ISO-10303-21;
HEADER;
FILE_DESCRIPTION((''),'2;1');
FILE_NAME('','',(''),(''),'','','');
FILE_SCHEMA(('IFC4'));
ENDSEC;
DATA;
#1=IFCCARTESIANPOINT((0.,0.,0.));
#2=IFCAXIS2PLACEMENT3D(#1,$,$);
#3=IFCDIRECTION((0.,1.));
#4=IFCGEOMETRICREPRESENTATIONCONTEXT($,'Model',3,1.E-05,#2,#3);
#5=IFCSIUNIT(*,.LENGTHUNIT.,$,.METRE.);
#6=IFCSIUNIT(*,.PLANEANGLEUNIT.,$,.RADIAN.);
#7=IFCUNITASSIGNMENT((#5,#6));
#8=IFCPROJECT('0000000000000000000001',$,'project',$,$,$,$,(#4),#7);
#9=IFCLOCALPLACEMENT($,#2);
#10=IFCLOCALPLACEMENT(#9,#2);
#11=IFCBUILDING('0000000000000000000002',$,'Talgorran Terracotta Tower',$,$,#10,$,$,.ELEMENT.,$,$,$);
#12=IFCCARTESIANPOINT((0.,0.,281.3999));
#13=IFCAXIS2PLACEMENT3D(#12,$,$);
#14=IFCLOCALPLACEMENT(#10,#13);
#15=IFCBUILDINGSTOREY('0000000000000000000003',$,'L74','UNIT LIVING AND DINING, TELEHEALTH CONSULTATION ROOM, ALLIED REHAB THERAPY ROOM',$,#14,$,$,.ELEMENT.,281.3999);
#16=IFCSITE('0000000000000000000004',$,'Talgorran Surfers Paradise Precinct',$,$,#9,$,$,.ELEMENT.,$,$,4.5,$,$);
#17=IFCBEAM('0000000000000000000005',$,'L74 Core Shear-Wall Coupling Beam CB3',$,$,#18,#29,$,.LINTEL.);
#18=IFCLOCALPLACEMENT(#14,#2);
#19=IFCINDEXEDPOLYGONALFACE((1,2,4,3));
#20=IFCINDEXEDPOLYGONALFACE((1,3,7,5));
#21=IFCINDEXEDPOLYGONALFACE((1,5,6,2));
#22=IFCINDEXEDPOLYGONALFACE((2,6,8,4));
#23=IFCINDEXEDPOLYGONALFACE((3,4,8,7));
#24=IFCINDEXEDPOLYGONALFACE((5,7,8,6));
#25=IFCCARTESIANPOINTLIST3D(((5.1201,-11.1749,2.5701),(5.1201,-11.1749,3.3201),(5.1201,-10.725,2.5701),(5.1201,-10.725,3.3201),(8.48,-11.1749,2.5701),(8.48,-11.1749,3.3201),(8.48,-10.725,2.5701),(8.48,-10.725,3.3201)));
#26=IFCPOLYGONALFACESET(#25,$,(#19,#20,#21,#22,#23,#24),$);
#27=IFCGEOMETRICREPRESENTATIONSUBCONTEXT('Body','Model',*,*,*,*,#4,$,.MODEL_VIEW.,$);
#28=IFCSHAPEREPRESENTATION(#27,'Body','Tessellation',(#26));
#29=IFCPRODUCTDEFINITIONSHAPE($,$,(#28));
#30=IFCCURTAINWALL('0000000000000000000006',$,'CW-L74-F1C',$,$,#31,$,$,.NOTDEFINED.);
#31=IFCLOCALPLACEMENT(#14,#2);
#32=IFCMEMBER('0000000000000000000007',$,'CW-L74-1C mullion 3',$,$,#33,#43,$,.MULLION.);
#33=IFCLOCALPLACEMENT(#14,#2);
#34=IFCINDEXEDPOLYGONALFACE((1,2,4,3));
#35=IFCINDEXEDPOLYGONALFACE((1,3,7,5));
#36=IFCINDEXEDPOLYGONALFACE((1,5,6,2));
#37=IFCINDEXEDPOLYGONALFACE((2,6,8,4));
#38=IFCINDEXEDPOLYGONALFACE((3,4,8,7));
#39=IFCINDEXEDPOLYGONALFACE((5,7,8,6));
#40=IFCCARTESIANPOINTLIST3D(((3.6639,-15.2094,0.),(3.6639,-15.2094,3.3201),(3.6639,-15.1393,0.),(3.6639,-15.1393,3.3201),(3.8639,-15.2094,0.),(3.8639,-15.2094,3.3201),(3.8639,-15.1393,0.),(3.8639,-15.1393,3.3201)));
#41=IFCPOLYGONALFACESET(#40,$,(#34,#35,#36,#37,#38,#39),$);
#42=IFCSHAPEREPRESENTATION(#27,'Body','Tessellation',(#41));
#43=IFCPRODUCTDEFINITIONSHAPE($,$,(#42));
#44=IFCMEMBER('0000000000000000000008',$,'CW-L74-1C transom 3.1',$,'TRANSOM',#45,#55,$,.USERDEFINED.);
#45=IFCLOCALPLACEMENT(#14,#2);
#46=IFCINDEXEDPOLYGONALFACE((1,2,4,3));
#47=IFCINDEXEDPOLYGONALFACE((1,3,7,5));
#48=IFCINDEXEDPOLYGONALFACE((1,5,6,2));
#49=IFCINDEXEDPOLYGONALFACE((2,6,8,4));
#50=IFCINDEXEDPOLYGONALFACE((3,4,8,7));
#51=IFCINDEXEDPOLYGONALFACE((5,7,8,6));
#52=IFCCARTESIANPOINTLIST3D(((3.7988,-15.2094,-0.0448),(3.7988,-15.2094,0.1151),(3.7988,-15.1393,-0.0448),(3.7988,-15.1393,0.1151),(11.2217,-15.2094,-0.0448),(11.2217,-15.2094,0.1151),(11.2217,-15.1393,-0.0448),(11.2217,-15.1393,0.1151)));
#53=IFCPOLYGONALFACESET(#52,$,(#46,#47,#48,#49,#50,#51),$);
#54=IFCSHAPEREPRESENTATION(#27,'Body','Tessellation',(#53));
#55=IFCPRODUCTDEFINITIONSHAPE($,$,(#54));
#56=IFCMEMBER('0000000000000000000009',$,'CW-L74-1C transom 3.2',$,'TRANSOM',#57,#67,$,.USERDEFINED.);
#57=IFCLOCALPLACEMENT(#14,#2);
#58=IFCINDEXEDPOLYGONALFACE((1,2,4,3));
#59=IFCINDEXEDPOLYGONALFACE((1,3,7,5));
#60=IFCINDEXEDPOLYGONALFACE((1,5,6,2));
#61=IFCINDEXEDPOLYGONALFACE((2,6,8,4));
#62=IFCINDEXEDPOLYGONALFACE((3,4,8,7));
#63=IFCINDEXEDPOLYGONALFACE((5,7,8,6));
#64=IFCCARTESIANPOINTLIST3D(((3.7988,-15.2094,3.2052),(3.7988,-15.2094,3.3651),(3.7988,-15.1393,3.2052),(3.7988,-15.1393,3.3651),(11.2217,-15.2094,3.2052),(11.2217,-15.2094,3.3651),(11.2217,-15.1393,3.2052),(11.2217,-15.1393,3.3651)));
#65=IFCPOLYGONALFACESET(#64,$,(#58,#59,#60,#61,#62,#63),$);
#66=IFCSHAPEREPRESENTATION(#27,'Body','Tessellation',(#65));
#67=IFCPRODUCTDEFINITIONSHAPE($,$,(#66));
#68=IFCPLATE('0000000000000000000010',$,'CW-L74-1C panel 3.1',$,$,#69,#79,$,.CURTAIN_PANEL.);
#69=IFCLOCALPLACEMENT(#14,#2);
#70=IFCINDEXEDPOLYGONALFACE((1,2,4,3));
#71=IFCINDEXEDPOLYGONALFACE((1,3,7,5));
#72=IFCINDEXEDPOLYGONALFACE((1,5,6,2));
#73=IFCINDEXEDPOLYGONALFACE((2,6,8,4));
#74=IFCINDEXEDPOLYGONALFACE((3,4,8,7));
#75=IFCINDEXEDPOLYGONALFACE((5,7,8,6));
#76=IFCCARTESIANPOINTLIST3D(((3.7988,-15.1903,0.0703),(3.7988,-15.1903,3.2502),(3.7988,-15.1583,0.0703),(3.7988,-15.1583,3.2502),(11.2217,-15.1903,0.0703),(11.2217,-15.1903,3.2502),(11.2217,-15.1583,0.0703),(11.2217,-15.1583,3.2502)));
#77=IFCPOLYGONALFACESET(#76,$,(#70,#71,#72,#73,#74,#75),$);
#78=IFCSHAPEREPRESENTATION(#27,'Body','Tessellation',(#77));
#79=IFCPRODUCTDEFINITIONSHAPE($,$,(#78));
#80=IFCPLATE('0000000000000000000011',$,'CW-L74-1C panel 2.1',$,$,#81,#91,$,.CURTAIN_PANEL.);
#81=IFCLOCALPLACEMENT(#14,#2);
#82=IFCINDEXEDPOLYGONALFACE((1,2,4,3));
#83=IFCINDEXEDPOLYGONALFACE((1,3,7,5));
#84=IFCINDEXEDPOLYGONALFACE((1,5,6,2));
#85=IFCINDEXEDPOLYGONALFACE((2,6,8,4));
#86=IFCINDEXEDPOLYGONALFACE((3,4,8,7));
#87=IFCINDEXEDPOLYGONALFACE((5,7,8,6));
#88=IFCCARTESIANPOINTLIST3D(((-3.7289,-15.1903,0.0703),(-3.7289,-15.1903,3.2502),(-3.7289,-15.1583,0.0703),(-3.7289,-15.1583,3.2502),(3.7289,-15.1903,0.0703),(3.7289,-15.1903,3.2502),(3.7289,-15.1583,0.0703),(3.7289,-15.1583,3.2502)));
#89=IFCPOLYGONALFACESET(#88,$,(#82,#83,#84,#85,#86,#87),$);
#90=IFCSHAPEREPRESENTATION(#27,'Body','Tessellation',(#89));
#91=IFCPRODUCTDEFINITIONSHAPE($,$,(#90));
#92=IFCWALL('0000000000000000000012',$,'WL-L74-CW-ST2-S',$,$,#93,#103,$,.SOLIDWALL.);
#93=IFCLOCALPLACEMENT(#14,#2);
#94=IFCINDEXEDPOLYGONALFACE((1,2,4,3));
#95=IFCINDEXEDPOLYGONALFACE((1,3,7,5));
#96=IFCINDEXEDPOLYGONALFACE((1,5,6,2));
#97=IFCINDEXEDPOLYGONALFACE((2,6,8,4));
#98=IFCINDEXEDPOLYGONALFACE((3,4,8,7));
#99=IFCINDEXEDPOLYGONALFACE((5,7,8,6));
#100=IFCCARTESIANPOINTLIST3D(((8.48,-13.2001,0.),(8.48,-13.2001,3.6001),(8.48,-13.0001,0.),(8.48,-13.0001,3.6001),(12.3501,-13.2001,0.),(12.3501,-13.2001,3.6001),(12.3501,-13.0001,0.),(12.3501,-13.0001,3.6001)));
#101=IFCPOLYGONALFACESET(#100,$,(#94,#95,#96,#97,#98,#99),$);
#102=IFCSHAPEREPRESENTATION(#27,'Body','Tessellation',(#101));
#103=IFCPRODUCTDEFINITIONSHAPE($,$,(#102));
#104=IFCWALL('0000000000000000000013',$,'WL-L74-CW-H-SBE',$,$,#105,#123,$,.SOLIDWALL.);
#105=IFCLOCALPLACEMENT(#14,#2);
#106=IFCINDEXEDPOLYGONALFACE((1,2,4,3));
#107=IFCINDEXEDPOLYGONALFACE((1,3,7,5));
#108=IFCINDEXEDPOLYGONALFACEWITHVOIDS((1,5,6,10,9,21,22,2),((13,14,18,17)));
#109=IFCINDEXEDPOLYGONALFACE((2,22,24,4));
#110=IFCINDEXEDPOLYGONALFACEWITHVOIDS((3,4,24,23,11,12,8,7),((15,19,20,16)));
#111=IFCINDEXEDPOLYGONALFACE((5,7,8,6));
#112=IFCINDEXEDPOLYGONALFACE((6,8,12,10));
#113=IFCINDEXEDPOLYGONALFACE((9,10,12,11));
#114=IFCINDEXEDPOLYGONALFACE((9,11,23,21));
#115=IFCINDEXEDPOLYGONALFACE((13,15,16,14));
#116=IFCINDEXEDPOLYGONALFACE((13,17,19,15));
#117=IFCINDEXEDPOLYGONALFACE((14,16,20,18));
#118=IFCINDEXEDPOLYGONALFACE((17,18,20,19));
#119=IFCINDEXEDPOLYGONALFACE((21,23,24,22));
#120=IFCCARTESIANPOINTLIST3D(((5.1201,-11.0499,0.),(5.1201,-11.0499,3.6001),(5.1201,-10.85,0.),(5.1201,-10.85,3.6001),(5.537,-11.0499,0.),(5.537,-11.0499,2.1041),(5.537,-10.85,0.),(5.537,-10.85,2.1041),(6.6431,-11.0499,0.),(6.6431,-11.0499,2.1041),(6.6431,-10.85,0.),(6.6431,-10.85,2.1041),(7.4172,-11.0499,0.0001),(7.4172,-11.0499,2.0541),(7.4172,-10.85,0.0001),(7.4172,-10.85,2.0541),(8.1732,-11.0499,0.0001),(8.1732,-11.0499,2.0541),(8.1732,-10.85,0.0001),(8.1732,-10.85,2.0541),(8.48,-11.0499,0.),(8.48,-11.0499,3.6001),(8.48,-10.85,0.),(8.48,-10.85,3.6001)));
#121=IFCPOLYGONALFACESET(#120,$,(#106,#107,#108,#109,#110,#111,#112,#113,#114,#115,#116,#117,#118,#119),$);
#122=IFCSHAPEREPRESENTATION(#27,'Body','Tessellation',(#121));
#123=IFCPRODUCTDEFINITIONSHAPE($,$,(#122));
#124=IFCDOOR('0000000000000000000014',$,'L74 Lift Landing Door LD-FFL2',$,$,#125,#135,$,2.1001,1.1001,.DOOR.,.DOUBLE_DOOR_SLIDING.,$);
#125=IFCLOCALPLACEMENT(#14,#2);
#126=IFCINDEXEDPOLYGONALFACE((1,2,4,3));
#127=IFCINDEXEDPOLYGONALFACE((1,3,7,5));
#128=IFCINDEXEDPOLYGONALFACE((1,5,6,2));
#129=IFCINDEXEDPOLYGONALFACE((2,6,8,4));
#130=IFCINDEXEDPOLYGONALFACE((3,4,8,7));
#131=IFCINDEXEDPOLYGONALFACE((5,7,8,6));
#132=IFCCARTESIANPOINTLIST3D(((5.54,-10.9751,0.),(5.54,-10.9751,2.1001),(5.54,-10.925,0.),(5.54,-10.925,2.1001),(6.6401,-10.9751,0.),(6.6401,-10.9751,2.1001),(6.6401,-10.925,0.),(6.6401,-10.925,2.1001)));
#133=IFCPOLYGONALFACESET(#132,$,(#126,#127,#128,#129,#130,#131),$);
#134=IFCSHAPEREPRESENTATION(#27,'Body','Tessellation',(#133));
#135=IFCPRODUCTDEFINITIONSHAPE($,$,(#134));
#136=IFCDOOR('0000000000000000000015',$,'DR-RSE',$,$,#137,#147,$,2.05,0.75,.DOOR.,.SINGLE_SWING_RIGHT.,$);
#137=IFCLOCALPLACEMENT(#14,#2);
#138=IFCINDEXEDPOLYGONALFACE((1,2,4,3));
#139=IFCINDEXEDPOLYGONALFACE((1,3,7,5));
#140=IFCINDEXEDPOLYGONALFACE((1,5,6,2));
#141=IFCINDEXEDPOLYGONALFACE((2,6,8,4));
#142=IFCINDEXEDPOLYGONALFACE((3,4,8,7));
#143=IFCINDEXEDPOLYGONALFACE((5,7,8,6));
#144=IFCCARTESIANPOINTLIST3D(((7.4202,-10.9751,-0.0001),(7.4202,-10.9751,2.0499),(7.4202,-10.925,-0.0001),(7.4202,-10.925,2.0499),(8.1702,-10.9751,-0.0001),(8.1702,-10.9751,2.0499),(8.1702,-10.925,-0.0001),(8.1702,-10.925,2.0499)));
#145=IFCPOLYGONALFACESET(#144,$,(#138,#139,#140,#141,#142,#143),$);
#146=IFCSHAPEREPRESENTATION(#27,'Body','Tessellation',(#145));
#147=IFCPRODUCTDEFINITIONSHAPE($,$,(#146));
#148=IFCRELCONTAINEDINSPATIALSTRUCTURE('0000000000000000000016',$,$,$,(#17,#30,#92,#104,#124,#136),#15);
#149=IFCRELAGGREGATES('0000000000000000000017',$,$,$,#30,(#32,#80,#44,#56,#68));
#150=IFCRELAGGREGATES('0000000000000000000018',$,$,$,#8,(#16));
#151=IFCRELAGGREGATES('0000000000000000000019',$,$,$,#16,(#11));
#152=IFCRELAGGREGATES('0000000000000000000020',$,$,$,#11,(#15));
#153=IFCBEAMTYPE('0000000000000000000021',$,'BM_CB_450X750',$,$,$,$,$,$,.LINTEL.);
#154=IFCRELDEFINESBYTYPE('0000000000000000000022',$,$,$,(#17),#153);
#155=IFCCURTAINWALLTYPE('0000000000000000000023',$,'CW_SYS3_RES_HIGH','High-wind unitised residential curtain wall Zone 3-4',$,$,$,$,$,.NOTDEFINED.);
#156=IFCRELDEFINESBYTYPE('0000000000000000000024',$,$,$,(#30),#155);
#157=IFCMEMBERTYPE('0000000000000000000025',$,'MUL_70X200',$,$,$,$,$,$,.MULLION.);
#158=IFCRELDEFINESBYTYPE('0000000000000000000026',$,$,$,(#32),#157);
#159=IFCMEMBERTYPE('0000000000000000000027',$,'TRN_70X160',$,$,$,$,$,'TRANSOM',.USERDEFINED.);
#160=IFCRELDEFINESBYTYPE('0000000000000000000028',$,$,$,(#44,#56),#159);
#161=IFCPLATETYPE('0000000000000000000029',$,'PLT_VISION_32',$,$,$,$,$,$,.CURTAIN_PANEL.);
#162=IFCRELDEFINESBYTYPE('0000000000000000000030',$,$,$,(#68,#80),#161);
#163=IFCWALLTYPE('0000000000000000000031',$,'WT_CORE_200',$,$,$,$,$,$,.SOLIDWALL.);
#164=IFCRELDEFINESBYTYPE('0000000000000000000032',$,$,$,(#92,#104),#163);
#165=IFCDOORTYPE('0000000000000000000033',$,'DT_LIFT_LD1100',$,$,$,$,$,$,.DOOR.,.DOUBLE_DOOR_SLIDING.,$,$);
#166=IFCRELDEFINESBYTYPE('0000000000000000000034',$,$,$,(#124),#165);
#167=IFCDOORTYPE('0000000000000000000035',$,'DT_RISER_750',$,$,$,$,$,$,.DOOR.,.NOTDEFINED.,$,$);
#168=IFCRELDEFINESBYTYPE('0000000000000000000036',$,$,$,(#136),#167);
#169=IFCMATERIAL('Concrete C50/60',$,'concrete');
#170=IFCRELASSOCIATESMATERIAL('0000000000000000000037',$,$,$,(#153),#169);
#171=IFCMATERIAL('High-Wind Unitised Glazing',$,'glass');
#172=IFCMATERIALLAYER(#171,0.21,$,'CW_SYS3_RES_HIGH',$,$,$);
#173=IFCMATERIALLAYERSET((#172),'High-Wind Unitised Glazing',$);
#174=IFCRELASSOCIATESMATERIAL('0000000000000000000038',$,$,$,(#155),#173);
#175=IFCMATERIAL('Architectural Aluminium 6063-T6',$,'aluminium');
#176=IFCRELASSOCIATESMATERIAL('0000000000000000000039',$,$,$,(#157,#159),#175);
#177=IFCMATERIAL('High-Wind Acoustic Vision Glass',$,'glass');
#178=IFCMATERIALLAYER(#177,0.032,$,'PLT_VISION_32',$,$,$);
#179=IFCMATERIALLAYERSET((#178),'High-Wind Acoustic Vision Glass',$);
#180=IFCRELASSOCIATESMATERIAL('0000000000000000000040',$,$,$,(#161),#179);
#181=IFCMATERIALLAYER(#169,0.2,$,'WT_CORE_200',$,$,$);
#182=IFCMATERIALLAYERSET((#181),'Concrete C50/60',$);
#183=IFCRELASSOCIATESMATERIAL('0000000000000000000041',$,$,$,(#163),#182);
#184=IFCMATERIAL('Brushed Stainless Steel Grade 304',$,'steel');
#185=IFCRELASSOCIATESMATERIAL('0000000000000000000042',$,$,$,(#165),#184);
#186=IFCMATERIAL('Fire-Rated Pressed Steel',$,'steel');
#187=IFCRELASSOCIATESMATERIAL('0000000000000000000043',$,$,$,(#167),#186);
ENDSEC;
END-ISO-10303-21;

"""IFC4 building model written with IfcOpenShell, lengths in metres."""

from ifc_helpers import new_model, si_unit, direction, frame, frame_2d, origin, origin_2d, place, context, subcontext, project, spatial, rectangle, extrude, source, transform, mapped, material, layer, layer_set, material_profile, profile_set, type_object, type_shapes, element, fill, aggregate, save


model = new_model("IFC4")

# Units and contexts
model_context = context("Model", 3, precision=1e-05, world=origin(), true_north=direction((0.0, 1.0)))
body_context = subcontext(model_context, "Body", "Model", "MODEL_VIEW")
ifc_project = project(units=[si_unit("LENGTHUNIT", "METRE"), si_unit("PLANEANGLEUNIT", "RADIAN")], contexts=[model_context])

# Site, building, storey
site_placement = place(None, origin())
site = spatial("IfcSite", under=ifc_project, at=site_placement, Name="Talgorran Surfers Paradise Precinct", CompositionType="ELEMENT", RefElevation=4.5)
building_placement = place(site_placement, origin())
building = spatial("IfcBuilding", under=site, at=building_placement, Name="Talgorran Terracotta Tower", CompositionType="ELEMENT")
storey_placement = place(building_placement, frame((0.0, 0.0, 281.3999)))
storey = spatial("IfcBuildingStorey", under=building, at=storey_placement, Name="L74", Description="UNIT LIVING AND DINING, TELEHEALTH CONSULTATION ROOM, ALLIED REHAB THERAPY ROOM", CompositionType="ELEMENT", Elevation=281.3999)

# Beam
ifc_material_1 = material(Name="Concrete C50/60", Category="concrete")
ifc_material_profile_1 = material_profile(ifc_material_1, rectangle(XDim=0.45, YDim=0.75, at=origin_2d()), Name="RCCB450X750")
ifc_profile_set_1 = profile_set([ifc_material_profile_1], Name="Concrete C50/60")
beam_type = type_object("IfcBeamType", Name="BM_CB_450X750", PredefinedType="LINTEL", material=ifc_profile_set_1)
beam_placement = place(storey_placement, frame((5.1201, -10.95, 2.9451), z_axis=(1.0, 0.0, 0.0), x_axis=(0.0, 1.0, 0.0)))
element("IfcBeam", 1, at=beam_placement, inside=storey, type_object=beam_type, Name="L74 Core Shear-Wall Coupling Beam CB3", PredefinedType="LINTEL", context=body_context, shape_type="SweptSolid", body=[
    extrude(rectangle(XDim=0.45, YDim=0.75, at=origin_2d()), origin(), (0.0, 0.0, 1.0), 3.3599),
])

# Curtain wall, members, plates
ifc_material_2 = material(Name="High-Wind Unitised Glazing", Category="glass")
ifc_layer_1 = layer(ifc_material_2, 0.21, Name="CW_SYS3_RES_HIGH")
ifc_layer_set_1 = layer_set([ifc_layer_1], Name="High-Wind Unitised Glazing")
curtain_wall_type = type_object("IfcCurtainWallType", Name="CW_SYS3_RES_HIGH", Description="High-wind unitised residential curtain wall Zone 3-4", PredefinedType="NOTDEFINED", material=ifc_layer_set_1)
curtain_wall_placement = place(storey_placement, origin())
curtain_wall = element("IfcCurtainWall", 2, at=curtain_wall_placement, inside=storey, type_object=curtain_wall_type, Name="CW-L74-F1C", PredefinedType="NOTDEFINED")
ifc_material_3 = material(Name="Architectural Aluminium 6063-T6", Category="aluminium")
ifc_material_profile_2 = material_profile(ifc_material_3, rectangle(XDim=0.0701, YDim=0.2, at=origin_2d()), Name="CWM70X200")
ifc_profile_set_2 = profile_set([ifc_material_profile_2], Name="Architectural Aluminium 6063-T6")
member_type_1 = type_object("IfcMemberType", Name="MUL_70X200", PredefinedType="MULLION", material=ifc_profile_set_2)
member_1_placement = place(storey_placement, frame((3.7639, -15.1743, 0.0), z_axis=(0.0, 0.0, 1.0), x_axis=(0.0, 1.0, 0.0)))
member_1 = element("IfcMember", 3, at=member_1_placement, type_object=member_type_1, Name="CW-L74-1C mullion 3", PredefinedType="MULLION", context=body_context, shape_type="SweptSolid", body=[
    extrude(rectangle(XDim=0.0701, YDim=0.2, at=origin_2d()), origin(), (0.0, 0.0, 1.0), 3.3201),
])
ifc_material_profile_3 = material_profile(ifc_material_3, rectangle(XDim=0.0701, YDim=0.1599, at=origin_2d()), Name="CWT70X160")
ifc_profile_set_3 = profile_set([ifc_material_profile_3], Name="Architectural Aluminium 6063-T6")
member_type_2 = type_object("IfcMemberType", Name="TRN_70X160", ElementType="TRANSOM", PredefinedType="USERDEFINED", material=ifc_profile_set_3)
member_2_placement = place(storey_placement, frame((3.7988, -15.1743, 0.0352), z_axis=(1.0, 0.0, 0.0), x_axis=(0.0, 1.0, 0.0)))
member_2 = element("IfcMember", 4, at=member_2_placement, type_object=member_type_2, Name="CW-L74-1C transom 3.1", ObjectType="TRANSOM", PredefinedType="USERDEFINED", context=body_context, shape_type="SweptSolid", body=[
    extrude(rectangle(XDim=0.0701, YDim=0.1599, at=origin_2d()), origin(), (0.0, 0.0, 1.0), 7.4229),
])
member_3_placement = place(storey_placement, frame((3.7988, -15.1743, 3.2852), z_axis=(1.0, 0.0, 0.0), x_axis=(0.0, 1.0, 0.0)))
member_3 = element("IfcMember", 5, at=member_3_placement, type_object=member_type_2, Name="CW-L74-1C transom 3.2", ObjectType="TRANSOM", PredefinedType="USERDEFINED", context=body_context, shape_type="SweptSolid", body=[
    extrude(rectangle(XDim=0.0701, YDim=0.1599, at=origin_2d()), origin(), (0.0, 0.0, 1.0), 7.4229),
])
ifc_material_4 = material(Name="High-Wind Acoustic Vision Glass", Category="glass")
ifc_layer_2 = layer(ifc_material_4, 0.032, Name="PLT_VISION_32")
ifc_layer_set_2 = layer_set([ifc_layer_2], Name="High-Wind Acoustic Vision Glass")
plate_type = type_object("IfcPlateType", Name="PLT_VISION_32", PredefinedType="CURTAIN_PANEL", material=ifc_layer_set_2)
shared_shape_1 = source(origin(), body_context, "Body", "SweptSolid", [
    extrude(rectangle(XDim=7.4229, YDim=0.032, at=origin_2d()), origin(), (0.0, 0.0, 1.0), 3.1799),
])
plate_1_placement = place(storey_placement, frame((7.5103, -15.1743, 0.0703), z_axis=(0.0, 0.0, 1.0), x_axis=(1.0, 0.0, 0.0)))
plate_1 = element("IfcPlate", 6, at=plate_1_placement, type_object=plate_type, Name="CW-L74-1C panel 3.1", PredefinedType="CURTAIN_PANEL", context=body_context, shape_type="MappedRepresentation", body=[
    mapped(shared_shape_1, transform((0.0, 0.0, 0.0), scale=1.0)),
])
shared_shape_2 = source(origin(), body_context, "Body", "SweptSolid", [
    extrude(rectangle(XDim=7.4578, YDim=0.032, at=origin_2d()), origin(), (0.0, 0.0, 1.0), 3.1799),
])
type_shapes(plate_type, [shared_shape_1, shared_shape_2])
plate_2_placement = place(storey_placement, frame((0.0, -15.1743, 0.0703), z_axis=(0.0, 0.0, 1.0), x_axis=(1.0, 0.0, 0.0)))
plate_2 = element("IfcPlate", 7, at=plate_2_placement, type_object=plate_type, Name="CW-L74-1C panel 2.1", PredefinedType="CURTAIN_PANEL", context=body_context, shape_type="MappedRepresentation", body=[
    mapped(shared_shape_2, transform((0.0, 0.0, 0.0), scale=1.0)),
])
aggregate(curtain_wall, [member_1, plate_2, member_2, member_3, plate_1])

# Wall
ifc_layer_3 = layer(ifc_material_1, 0.2, Name="WT_CORE_200")
ifc_layer_set_3 = layer_set([ifc_layer_3], Name="Concrete C50/60")
wall_type_1 = type_object("IfcWallType", Name="WT_CORE_200", PredefinedType="SOLIDWALL", material=ifc_layer_set_3)
wall_1_placement = place(storey_placement, frame((8.48, -13.1001, 0.0), z_axis=(0.0, 0.0, 1.0), x_axis=(1.0, 0.0, 0.0)))
element("IfcWall", 8, at=wall_1_placement, inside=storey, type_object=wall_type_1, Name="WL-L74-CW-ST2-S", PredefinedType="SOLIDWALL", context=body_context, shape_type="SweptSolid", body=[
    extrude(rectangle(XDim=3.8701, YDim=0.2, at=frame_2d((1.9351, 0.0))), origin(), (0.0, 0.0, 1.0), 3.6001),
])

# Wall, openings, doors
wall_2_placement = place(storey_placement, frame((5.1201, -10.95, 0.0), z_axis=(0.0, 0.0, 1.0), x_axis=(1.0, 0.0, 0.0)))
wall_2 = element("IfcWall", 9, at=wall_2_placement, inside=storey, type_object=wall_type_1, Name="WL-L74-CW-H-SBE", PredefinedType="SOLIDWALL", context=body_context, shape_type="SweptSolid", body=[
    extrude(rectangle(XDim=3.3599, YDim=0.2, at=frame_2d((1.6799, 0.0))), origin(), (0.0, 0.0, 1.0), 3.6001),
])
opening_1_placement = place(wall_2_placement, frame((0.4199, 0.0, 0.0)))
opening_1 = element("IfcOpeningElement", 10, at=opening_1_placement, cuts=wall_2, PredefinedType="OPENING", context=body_context, shape_type="SweptSolid", body=[
    extrude(rectangle(XDim=1.1061, YDim=2.1041, at=frame_2d((0.55, 1.052))), frame((0.0, 0.1099, 0.0), z_axis=(0.0, -1.0, 0.0), x_axis=(1.0, 0.0, 0.0)), (0.0, 0.0, 1.0), 0.22),
])
opening_2_placement = place(wall_2_placement, frame((2.3, 0.0, 0.0)))
opening_2 = element("IfcOpeningElement", 11, at=opening_2_placement, cuts=wall_2, PredefinedType="OPENING", context=body_context, shape_type="SweptSolid", body=[
    extrude(rectangle(XDim=0.756, YDim=2.054, at=frame_2d((0.375, 1.0271))), frame((0.0, 0.1099, 0.0), z_axis=(0.0, -1.0, 0.0), x_axis=(1.0, 0.0, 0.0)), (0.0, 0.0, 1.0), 0.22),
])
ifc_material_5 = material(Name="Brushed Stainless Steel Grade 304", Category="steel")
door_type_1 = type_object("IfcDoorType", Name="DT_LIFT_LD1100", OperationType="DOUBLE_DOOR_SLIDING", PredefinedType="DOOR", material=ifc_material_5)
door_1_placement = place(opening_1_placement, origin())
door_1 = element("IfcDoor", 12, at=door_1_placement, inside=storey, type_object=door_type_1, Name="L74 Lift Landing Door LD-FFL2", OperationType="DOUBLE_DOOR_SLIDING", OverallHeight=2.1001, OverallWidth=1.1001, PredefinedType="DOOR", context=body_context, shape_type="SweptSolid", body=[
    extrude(rectangle(XDim=1.1001, YDim=2.1001, at=frame_2d((0.55, 1.05))), frame((0.0, 0.0249, 0.0), z_axis=(0.0, -1.0, 0.0), x_axis=(1.0, 0.0, 0.0)), (0.0, 0.0, 1.0), 0.05),
])
fill(opening_1, door_1)
ifc_material_6 = material(Name="Fire-Rated Pressed Steel", Category="steel")
door_type_2 = type_object("IfcDoorType", Name="DT_RISER_750", OperationType="NOTDEFINED", PredefinedType="DOOR", material=ifc_material_6)
door_2_placement = place(opening_2_placement, origin())
door_2 = element("IfcDoor", 13, at=door_2_placement, inside=storey, type_object=door_type_2, Name="DR-RSE", OperationType="SINGLE_SWING_RIGHT", OverallHeight=2.05, OverallWidth=0.75, PredefinedType="DOOR", context=body_context, shape_type="SweptSolid", body=[
    extrude(rectangle(XDim=0.75, YDim=2.05, at=frame_2d((0.375, 1.0249))), frame((0.0, 0.0249, 0.0), z_axis=(0.0, -1.0, 0.0), x_axis=(1.0, 0.0, 0.0)), (0.0, 0.0, 1.0), 0.05),
])
fill(opening_2, door_2)

save(model, "model.ifc")
